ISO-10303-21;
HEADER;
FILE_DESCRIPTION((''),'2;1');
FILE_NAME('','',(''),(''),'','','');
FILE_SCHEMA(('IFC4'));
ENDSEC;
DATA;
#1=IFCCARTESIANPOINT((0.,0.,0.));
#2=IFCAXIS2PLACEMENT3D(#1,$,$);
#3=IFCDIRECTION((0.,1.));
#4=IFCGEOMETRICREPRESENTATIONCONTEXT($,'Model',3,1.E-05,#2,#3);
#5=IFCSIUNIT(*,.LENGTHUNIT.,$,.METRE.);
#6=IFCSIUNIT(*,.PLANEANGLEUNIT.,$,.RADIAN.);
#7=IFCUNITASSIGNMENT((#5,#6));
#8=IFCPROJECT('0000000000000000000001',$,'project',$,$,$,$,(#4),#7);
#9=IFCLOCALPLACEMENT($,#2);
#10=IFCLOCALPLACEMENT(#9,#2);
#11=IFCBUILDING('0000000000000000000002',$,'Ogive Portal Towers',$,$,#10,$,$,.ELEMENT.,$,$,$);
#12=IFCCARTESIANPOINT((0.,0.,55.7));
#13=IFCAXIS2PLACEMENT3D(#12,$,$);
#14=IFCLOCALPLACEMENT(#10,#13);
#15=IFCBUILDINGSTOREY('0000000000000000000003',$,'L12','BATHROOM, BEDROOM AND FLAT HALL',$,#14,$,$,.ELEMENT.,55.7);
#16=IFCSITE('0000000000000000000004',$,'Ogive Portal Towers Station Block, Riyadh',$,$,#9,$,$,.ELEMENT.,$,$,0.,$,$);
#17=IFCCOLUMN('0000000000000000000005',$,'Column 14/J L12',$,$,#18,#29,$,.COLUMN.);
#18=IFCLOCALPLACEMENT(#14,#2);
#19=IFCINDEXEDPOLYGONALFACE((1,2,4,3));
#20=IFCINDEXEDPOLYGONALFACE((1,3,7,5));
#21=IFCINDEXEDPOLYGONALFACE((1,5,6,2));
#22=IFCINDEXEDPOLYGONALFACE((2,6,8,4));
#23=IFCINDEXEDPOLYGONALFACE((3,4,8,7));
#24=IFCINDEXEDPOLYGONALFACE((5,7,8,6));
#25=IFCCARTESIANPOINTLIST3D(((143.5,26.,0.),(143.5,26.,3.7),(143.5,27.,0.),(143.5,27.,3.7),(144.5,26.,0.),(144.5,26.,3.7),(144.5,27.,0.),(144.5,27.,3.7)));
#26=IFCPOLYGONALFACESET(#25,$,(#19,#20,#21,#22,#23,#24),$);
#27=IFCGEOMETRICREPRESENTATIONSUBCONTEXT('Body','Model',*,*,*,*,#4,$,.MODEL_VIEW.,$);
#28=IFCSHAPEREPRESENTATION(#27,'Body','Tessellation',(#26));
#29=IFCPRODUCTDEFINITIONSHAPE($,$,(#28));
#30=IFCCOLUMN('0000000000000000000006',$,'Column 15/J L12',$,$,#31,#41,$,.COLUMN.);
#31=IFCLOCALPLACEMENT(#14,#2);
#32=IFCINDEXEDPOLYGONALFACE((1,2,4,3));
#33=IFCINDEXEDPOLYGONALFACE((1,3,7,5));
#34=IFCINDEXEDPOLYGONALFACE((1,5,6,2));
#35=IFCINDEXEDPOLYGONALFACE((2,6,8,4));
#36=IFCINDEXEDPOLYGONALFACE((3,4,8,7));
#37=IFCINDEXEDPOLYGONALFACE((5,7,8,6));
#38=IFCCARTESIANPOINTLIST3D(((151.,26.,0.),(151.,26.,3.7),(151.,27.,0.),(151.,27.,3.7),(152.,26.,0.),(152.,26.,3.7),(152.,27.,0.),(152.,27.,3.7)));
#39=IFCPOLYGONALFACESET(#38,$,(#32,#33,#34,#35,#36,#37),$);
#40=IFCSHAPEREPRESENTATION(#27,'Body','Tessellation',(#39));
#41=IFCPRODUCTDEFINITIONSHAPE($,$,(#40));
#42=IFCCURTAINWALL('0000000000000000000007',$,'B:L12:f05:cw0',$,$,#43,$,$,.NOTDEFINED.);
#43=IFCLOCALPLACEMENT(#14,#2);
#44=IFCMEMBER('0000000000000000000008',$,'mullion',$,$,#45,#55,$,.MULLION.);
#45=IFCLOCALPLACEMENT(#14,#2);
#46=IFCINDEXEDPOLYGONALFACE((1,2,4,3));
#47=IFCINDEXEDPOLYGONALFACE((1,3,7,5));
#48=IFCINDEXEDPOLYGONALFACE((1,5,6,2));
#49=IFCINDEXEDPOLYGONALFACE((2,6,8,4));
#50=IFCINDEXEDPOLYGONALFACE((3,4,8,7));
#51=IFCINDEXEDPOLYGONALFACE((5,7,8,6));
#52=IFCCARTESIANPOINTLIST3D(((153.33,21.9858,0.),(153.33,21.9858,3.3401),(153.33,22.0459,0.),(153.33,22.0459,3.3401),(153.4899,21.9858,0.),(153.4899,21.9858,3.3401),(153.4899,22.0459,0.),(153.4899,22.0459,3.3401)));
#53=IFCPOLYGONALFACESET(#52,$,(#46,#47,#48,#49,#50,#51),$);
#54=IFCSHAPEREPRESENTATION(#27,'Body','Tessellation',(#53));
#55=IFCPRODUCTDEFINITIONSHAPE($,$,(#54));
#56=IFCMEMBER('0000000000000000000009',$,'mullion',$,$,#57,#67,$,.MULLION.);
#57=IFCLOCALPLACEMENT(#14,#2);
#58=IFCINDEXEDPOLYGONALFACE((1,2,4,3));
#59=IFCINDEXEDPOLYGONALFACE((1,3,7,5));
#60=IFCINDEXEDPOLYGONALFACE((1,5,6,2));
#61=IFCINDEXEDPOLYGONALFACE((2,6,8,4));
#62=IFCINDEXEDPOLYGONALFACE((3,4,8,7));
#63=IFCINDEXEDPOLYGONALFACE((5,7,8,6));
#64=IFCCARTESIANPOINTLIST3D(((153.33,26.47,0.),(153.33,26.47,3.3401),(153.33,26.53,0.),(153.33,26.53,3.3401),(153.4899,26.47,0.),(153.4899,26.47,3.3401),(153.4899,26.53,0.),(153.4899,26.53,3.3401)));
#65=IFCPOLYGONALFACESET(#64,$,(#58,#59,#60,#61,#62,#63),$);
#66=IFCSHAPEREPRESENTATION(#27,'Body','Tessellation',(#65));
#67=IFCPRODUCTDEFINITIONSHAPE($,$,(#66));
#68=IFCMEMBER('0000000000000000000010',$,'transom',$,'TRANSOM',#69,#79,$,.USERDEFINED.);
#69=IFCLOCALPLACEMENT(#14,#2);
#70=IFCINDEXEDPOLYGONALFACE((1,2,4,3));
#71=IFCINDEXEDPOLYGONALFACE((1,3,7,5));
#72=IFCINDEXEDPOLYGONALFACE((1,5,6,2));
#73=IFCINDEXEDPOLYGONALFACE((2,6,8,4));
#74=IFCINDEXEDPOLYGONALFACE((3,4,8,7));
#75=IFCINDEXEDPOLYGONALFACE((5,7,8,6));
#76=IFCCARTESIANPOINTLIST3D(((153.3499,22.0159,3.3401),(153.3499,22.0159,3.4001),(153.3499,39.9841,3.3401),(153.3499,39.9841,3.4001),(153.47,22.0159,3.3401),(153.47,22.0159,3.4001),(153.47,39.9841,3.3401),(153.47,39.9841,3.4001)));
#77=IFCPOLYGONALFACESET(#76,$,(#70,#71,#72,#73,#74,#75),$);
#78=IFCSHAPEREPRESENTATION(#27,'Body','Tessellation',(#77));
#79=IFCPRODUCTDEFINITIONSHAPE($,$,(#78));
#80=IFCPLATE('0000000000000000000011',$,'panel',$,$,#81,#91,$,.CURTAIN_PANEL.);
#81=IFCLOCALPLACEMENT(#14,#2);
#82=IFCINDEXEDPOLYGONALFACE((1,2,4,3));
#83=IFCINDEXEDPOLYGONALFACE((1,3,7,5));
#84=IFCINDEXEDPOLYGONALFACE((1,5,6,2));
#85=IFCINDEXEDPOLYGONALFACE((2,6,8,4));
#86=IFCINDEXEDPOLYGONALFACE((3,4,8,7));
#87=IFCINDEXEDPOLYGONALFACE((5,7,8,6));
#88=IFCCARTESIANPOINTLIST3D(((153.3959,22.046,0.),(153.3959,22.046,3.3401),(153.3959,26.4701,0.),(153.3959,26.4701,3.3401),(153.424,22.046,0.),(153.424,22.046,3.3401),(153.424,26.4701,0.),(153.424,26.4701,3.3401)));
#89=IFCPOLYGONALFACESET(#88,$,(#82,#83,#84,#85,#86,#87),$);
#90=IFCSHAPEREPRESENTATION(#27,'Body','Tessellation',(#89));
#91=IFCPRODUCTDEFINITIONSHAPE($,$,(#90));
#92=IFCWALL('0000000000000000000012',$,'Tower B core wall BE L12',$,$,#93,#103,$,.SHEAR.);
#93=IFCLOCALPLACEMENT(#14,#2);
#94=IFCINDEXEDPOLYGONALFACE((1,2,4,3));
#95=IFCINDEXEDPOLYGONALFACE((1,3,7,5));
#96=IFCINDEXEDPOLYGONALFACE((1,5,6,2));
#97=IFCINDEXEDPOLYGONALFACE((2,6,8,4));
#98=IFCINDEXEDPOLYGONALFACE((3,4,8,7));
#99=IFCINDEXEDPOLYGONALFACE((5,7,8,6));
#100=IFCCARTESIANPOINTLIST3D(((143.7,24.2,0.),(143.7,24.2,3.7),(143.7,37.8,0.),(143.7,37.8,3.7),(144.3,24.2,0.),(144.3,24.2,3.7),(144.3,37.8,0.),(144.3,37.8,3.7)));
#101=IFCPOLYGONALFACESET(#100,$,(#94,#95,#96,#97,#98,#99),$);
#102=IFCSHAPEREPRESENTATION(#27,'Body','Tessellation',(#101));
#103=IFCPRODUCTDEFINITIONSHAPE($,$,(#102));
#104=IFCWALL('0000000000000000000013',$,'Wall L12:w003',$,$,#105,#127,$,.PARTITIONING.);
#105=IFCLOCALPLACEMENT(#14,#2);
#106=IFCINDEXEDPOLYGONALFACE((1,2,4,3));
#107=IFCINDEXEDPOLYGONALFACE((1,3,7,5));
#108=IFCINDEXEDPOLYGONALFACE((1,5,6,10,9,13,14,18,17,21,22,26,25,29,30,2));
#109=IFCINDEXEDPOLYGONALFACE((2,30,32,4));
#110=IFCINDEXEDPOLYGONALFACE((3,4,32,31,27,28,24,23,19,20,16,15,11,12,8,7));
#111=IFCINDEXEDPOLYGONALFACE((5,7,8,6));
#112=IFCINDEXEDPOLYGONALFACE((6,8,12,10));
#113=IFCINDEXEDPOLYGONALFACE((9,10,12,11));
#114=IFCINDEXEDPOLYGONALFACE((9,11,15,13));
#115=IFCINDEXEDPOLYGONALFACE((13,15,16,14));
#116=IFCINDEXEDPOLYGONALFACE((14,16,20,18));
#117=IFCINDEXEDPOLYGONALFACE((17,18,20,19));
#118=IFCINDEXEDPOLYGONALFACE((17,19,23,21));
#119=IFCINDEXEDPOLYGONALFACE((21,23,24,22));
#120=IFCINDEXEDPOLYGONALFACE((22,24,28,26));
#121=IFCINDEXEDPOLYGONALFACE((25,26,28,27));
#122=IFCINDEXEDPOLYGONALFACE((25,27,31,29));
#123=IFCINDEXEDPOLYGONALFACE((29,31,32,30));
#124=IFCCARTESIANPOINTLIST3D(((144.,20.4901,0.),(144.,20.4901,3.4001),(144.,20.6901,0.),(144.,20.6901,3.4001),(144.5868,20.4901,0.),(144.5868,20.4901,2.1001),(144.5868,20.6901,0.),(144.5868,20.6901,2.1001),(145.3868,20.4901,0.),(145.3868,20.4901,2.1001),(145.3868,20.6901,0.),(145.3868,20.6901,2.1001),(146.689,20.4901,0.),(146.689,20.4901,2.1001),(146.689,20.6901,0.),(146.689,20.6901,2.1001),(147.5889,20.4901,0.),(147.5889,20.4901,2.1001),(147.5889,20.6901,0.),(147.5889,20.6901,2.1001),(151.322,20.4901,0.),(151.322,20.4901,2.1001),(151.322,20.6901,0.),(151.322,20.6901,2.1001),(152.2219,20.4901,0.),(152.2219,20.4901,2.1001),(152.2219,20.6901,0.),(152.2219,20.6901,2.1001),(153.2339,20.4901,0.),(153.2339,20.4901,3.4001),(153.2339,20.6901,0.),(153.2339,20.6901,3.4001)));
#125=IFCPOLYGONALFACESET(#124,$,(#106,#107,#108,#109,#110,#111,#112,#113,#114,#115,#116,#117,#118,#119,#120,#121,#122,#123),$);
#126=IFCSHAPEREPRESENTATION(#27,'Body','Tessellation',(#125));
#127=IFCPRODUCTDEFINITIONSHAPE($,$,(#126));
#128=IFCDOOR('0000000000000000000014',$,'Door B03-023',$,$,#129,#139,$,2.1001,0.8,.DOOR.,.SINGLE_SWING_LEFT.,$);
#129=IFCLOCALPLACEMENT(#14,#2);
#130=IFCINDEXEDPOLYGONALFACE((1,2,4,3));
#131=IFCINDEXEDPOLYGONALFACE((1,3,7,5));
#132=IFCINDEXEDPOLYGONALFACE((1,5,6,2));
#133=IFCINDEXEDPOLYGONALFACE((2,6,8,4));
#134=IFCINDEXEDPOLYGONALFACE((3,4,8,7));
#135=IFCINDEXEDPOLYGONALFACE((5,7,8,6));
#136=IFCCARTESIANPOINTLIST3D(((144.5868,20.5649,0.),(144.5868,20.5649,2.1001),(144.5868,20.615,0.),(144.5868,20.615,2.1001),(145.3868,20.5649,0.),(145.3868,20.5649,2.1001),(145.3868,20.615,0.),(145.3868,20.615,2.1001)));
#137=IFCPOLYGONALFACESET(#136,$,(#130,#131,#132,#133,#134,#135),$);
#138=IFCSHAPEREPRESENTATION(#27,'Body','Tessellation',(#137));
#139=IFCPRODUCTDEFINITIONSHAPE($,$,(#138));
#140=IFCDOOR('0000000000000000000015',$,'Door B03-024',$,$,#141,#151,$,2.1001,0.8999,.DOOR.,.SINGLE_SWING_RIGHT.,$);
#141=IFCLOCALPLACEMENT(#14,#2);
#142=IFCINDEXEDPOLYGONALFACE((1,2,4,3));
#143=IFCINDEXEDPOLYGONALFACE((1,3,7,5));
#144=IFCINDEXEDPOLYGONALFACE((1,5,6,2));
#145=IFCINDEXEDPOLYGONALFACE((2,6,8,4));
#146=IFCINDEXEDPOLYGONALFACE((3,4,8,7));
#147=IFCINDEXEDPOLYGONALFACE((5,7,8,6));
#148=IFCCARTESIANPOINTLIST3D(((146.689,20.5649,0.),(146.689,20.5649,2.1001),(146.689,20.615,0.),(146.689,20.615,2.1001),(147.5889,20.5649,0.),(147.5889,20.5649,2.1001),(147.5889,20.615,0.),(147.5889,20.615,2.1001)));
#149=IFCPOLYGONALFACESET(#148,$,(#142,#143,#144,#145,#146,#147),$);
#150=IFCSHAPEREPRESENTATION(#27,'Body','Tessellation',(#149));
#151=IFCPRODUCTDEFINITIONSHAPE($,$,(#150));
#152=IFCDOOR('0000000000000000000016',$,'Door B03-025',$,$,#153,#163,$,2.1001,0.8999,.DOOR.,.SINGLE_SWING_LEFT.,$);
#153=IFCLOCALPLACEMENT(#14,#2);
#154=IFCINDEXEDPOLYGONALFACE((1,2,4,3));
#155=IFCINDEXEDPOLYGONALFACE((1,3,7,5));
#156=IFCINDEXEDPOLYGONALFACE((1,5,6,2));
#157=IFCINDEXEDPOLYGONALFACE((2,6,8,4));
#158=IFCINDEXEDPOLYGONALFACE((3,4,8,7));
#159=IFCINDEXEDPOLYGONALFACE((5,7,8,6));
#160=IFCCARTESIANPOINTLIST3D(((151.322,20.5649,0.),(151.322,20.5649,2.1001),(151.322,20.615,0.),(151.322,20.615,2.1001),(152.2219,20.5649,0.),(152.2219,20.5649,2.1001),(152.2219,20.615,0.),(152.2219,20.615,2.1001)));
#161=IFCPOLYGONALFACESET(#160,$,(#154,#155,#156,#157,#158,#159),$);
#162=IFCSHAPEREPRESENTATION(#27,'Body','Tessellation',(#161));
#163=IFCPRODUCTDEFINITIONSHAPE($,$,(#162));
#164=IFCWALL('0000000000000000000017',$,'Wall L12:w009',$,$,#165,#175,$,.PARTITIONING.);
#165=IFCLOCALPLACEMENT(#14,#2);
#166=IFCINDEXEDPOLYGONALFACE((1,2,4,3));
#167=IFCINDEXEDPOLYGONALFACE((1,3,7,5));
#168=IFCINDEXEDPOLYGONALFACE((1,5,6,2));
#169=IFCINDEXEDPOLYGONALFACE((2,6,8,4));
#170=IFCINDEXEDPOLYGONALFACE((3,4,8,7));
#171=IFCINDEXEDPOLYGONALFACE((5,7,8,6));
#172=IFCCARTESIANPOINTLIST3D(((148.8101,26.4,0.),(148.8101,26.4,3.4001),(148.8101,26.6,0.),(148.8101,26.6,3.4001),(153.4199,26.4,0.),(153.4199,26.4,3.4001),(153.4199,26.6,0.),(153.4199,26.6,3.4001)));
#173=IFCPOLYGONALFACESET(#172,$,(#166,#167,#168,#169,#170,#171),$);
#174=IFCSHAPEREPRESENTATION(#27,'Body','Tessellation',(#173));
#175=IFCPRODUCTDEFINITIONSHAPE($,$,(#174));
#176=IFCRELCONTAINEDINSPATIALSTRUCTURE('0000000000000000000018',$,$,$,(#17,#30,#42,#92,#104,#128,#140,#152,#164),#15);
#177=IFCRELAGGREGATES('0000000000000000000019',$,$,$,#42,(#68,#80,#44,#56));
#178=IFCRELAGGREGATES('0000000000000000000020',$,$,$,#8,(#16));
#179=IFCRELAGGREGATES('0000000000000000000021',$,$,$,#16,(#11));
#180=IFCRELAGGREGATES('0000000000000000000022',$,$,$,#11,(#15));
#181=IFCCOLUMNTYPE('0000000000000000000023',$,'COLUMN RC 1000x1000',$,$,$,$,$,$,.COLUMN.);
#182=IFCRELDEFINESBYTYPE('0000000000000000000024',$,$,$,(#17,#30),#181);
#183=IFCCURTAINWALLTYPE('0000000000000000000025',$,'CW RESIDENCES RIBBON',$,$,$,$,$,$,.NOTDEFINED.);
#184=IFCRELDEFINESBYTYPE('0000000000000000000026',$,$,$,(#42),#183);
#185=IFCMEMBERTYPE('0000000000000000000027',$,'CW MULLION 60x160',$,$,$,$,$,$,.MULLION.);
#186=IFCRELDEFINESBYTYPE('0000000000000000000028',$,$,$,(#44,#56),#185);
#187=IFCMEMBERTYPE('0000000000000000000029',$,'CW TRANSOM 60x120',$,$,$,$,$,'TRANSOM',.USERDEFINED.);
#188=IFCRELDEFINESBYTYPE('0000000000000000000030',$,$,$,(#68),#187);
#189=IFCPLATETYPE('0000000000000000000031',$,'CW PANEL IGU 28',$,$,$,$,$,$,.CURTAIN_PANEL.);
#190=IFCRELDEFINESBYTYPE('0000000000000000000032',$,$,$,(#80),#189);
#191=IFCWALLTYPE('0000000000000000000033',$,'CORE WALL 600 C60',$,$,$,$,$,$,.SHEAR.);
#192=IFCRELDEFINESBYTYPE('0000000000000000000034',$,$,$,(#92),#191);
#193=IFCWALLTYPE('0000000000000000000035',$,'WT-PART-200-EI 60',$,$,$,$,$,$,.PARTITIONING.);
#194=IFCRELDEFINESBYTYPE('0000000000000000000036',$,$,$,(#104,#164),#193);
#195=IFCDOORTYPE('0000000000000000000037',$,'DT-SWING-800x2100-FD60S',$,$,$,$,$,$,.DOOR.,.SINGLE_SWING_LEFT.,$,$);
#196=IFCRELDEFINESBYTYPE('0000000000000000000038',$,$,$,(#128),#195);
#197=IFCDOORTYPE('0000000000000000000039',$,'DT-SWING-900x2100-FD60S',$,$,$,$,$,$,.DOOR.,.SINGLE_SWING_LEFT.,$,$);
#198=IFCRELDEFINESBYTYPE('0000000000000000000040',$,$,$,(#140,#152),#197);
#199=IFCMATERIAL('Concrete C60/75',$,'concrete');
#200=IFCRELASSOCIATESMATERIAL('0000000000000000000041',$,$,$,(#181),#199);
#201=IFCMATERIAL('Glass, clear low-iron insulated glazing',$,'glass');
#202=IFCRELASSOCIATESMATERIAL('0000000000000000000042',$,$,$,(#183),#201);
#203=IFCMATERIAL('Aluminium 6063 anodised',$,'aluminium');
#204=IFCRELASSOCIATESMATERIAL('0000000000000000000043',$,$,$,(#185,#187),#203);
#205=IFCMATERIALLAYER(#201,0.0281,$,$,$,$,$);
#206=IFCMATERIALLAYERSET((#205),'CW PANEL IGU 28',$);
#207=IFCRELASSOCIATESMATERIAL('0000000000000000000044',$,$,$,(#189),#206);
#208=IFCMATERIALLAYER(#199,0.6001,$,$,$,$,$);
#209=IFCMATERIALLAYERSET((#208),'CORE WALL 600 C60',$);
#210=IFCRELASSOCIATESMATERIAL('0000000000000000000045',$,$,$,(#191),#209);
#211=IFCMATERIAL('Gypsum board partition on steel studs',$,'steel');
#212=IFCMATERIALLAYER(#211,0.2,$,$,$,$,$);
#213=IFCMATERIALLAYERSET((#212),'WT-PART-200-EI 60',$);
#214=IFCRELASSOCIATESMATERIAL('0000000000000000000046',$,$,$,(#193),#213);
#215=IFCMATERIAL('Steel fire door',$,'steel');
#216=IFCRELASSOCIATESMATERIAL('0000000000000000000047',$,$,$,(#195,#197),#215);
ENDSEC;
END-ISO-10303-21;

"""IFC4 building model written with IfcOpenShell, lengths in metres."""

from ifc_helpers import new_model, si_unit, direction, frame, frame_2d, origin, origin_2d, place, context, subcontext, project, spatial, rectangle, extrude, material, layer, layer_set, material_profile, profile_set, type_object, element, fill, aggregate, save


model = new_model("IFC4")

# Units and contexts
model_context = context("Model", 3, precision=1e-05, world=origin(), true_north=direction((0.0, 1.0)))
body_context = subcontext(model_context, "Body", "Model", "MODEL_VIEW")
ifc_project = project(units=[si_unit("LENGTHUNIT", "METRE"), si_unit("PLANEANGLEUNIT", "RADIAN")], contexts=[model_context])

# Site, building, storey
site_placement = place(None, origin())
site = spatial("IfcSite", under=ifc_project, at=site_placement, Name="Ogive Portal Towers Station Block, Riyadh", CompositionType="ELEMENT", RefElevation=0.0)
building_placement = place(site_placement, origin())
building = spatial("IfcBuilding", under=site, at=building_placement, Name="Ogive Portal Towers", CompositionType="ELEMENT")
storey_placement = place(building_placement, frame((0.0, 0.0, 55.7)))
storey = spatial("IfcBuildingStorey", under=building, at=storey_placement, Name="L12", Description="BATHROOM, BEDROOM AND FLAT HALL", CompositionType="ELEMENT", Elevation=55.7)

# Columns
ifc_material_1 = material(Name="Concrete C60/75", Category="concrete")
ifc_material_profile_1 = material_profile(ifc_material_1, rectangle(XDim=1.0, YDim=1.0, at=origin_2d()), Name="RC 1000x1000")
ifc_profile_set_1 = profile_set([ifc_material_profile_1], Name="Concrete C60/75")
column_type = type_object("IfcColumnType", Name="COLUMN RC 1000x1000", PredefinedType="COLUMN", material=ifc_profile_set_1)
for number, where, z_axis, x_axis, name in (
    (1, (144.0, 26.5, 0.0), (0.0, 0.0, 1.0), (1.0, 0.0, 0.0), "Column 14/J L12"),
    (2, (151.5, 26.5, 0.0), (0.0, 0.0, 1.0), (1.0, 0.0, 0.0), "Column 15/J L12"),
):
    element("IfcColumn", number, at=place(storey_placement, frame(where, z_axis=z_axis, x_axis=x_axis)), inside=storey, type_object=column_type, Name=name, PredefinedType="COLUMN", context=body_context, shape_type="SweptSolid", body=[
        extrude(rectangle(XDim=1.0, YDim=1.0, at=origin_2d()), origin(), (0.0, 0.0, 1.0), 3.7),
    ])

# Curtain wall, members, plate
ifc_material_2 = material(Name="Glass, clear low-iron insulated glazing", Category="glass")
curtain_wall_type = type_object("IfcCurtainWallType", Name="CW RESIDENCES RIBBON", PredefinedType="NOTDEFINED", material=ifc_material_2)
curtain_wall_placement = place(storey_placement, origin())
curtain_wall = element("IfcCurtainWall", 3, at=curtain_wall_placement, inside=storey, type_object=curtain_wall_type, Name="B:L12:f05:cw0", PredefinedType="NOTDEFINED")
ifc_material_3 = material(Name="Aluminium 6063 anodised", Category="aluminium")
ifc_material_profile_2 = material_profile(ifc_material_3, rectangle(XDim=0.1599, YDim=0.0601, at=origin_2d()), Name="AL 60x160")
ifc_profile_set_2 = profile_set([ifc_material_profile_2], Name="Aluminium 6063 anodised")
member_type_1 = type_object("IfcMemberType", Name="CW MULLION 60x160", PredefinedType="MULLION", material=ifc_profile_set_2)
member_1_placement = place(storey_placement, frame((153.4099, 22.0159, 0.0), z_axis=(0.0, 0.0, 1.0), x_axis=(-1.0, 0.0, 0.0)))
member_1 = element("IfcMember", 4, at=member_1_placement, type_object=member_type_1, Name="mullion", PredefinedType="MULLION", context=body_context, shape_type="SweptSolid", body=[
    extrude(rectangle(XDim=0.1599, YDim=0.0601, at=origin_2d()), origin(), (0.0, 0.0, 1.0), 3.3401),
])
member_2_placement = place(storey_placement, frame((153.4099, 26.5, 0.0), z_axis=(0.0, 0.0, 1.0), x_axis=(-1.0, 0.0, 0.0)))
member_2 = element("IfcMember", 5, at=member_2_placement, type_object=member_type_1, Name="mullion", PredefinedType="MULLION", context=body_context, shape_type="SweptSolid", body=[
    extrude(rectangle(XDim=0.1599, YDim=0.0601, at=origin_2d()), origin(), (0.0, 0.0, 1.0), 3.3401),
])
ifc_material_profile_3 = material_profile(ifc_material_3, rectangle(XDim=0.1201, YDim=0.0601, at=origin_2d()), Name="AL 120x60")
ifc_profile_set_3 = profile_set([ifc_material_profile_3], Name="Aluminium 6063 anodised")
member_type_2 = type_object("IfcMemberType", Name="CW TRANSOM 60x120", ElementType="TRANSOM", PredefinedType="USERDEFINED", material=ifc_profile_set_3)
member_3_placement = place(storey_placement, frame((153.4099, 22.0159, 3.3701), z_axis=(0.0, 1.0, 0.0), x_axis=(-1.0, 0.0, 0.0)))
member_3 = element("IfcMember", 6, at=member_3_placement, type_object=member_type_2, Name="transom", ObjectType="TRANSOM", PredefinedType="USERDEFINED", context=body_context, shape_type="SweptSolid", body=[
    extrude(rectangle(XDim=0.1201, YDim=0.0601, at=origin_2d()), origin(), (0.0, 0.0, 1.0), 17.9683),
])
ifc_layer_1 = layer(ifc_material_2, 0.0281)
ifc_layer_set_1 = layer_set([ifc_layer_1], Name="CW PANEL IGU 28")
plate_type = type_object("IfcPlateType", Name="CW PANEL IGU 28", PredefinedType="CURTAIN_PANEL", material=ifc_layer_set_1)
plate_placement = place(storey_placement, frame((153.4099, 24.2581, 0.0), z_axis=(0.0, 0.0, 1.0), x_axis=(0.0, 1.0, 0.0)))
plate = element("IfcPlate", 7, at=plate_placement, type_object=plate_type, Name="panel", PredefinedType="CURTAIN_PANEL", context=body_context, shape_type="SweptSolid", body=[
    extrude(rectangle(XDim=4.4241, YDim=0.0281, at=origin_2d()), origin(), (0.0, 0.0, 1.0), 3.3401),
])
aggregate(curtain_wall, [member_3, plate, member_1, member_2])

# Wall
ifc_layer_2 = layer(ifc_material_1, 0.6001)
ifc_layer_set_2 = layer_set([ifc_layer_2], Name="CORE WALL 600 C60")
wall_type_1 = type_object("IfcWallType", Name="CORE WALL 600 C60", PredefinedType="SHEAR", material=ifc_layer_set_2)
wall_1_placement = place(storey_placement, frame((144.0, 24.2, 0.0), z_axis=(0.0, 0.0, 1.0), x_axis=(0.0, 1.0, 0.0)))
element("IfcWall", 8, at=wall_1_placement, inside=storey, type_object=wall_type_1, Name="Tower B core wall BE L12", PredefinedType="SHEAR", context=body_context, shape_type="SweptSolid", body=[
    extrude(rectangle(XDim=13.6001, YDim=0.6001, at=frame_2d((6.8, 0.0))), origin(), (0.0, 0.0, 1.0), 3.7),
])

# Wall, openings, doors
ifc_material_4 = material(Name="Gypsum board partition on steel studs", Category="steel")
ifc_layer_3 = layer(ifc_material_4, 0.2)
ifc_layer_set_3 = layer_set([ifc_layer_3], Name="WT-PART-200-EI 60")
wall_type_2 = type_object("IfcWallType", Name="WT-PART-200-EI 60", PredefinedType="PARTITIONING", material=ifc_layer_set_3)
wall_2_placement = place(storey_placement, frame((144.0, 20.5901, 0.0), z_axis=(0.0, 0.0, 1.0), x_axis=(1.0, 0.0, 0.0)))
wall_2 = element("IfcWall", 9, at=wall_2_placement, inside=storey, type_object=wall_type_2, Name="Wall L12:w003", PredefinedType="PARTITIONING", context=body_context, shape_type="SweptSolid", body=[
    extrude(rectangle(XDim=9.2339, YDim=0.2, at=frame_2d((4.6169, 0.0))), origin(), (0.0, 0.0, 1.0), 3.4001),
])
opening_1_placement = place(wall_2_placement, frame((0.5869, 0.0, 0.0)))
opening_1 = element("IfcOpeningElement", 10, at=opening_1_placement, cuts=wall_2, PredefinedType="OPENING", context=body_context, shape_type="SweptSolid", body=[
    extrude(rectangle(XDim=0.8, YDim=2.1001, at=frame_2d((0.3999, 1.05))), frame((0.0, 0.1099, 0.0), z_axis=(0.0, -1.0, 0.0), x_axis=(1.0, 0.0, 0.0)), (0.0, 0.0, 1.0), 0.22),
])
opening_2_placement = place(wall_2_placement, frame((2.689, 0.0, 0.0)))
opening_2 = element("IfcOpeningElement", 11, at=opening_2_placement, cuts=wall_2, PredefinedType="OPENING", context=body_context, shape_type="SweptSolid", body=[
    extrude(rectangle(XDim=0.8999, YDim=2.1001, at=frame_2d((0.45, 1.05))), frame((0.0, 0.1099, 0.0), z_axis=(0.0, -1.0, 0.0), x_axis=(1.0, 0.0, 0.0)), (0.0, 0.0, 1.0), 0.22),
])
opening_3_placement = place(wall_2_placement, frame((7.322, 0.0, 0.0)))
opening_3 = element("IfcOpeningElement", 12, at=opening_3_placement, cuts=wall_2, PredefinedType="OPENING", context=body_context, shape_type="SweptSolid", body=[
    extrude(rectangle(XDim=0.8999, YDim=2.1001, at=frame_2d((0.45, 1.05))), frame((0.0, 0.1099, 0.0), z_axis=(0.0, -1.0, 0.0), x_axis=(1.0, 0.0, 0.0)), (0.0, 0.0, 1.0), 0.22),
])
ifc_material_5 = material(Name="Steel fire door", Category="steel")
door_type_1 = type_object("IfcDoorType", Name="DT-SWING-800x2100-FD60S", OperationType="SINGLE_SWING_LEFT", PredefinedType="DOOR", material=ifc_material_5)
door_1_placement = place(opening_1_placement, origin())
door_1 = element("IfcDoor", 13, at=door_1_placement, inside=storey, type_object=door_type_1, Name="Door B03-023", OperationType="SINGLE_SWING_LEFT", OverallHeight=2.1001, OverallWidth=0.8, PredefinedType="DOOR", context=body_context, shape_type="SweptSolid", body=[
    extrude(rectangle(XDim=0.8, YDim=2.1001, at=frame_2d((0.3999, 1.05))), frame((0.0, 0.0249, 0.0), z_axis=(0.0, -1.0, 0.0), x_axis=(1.0, 0.0, 0.0)), (0.0, 0.0, 1.0), 0.05),
])
fill(opening_1, door_1)
door_type_2 = type_object("IfcDoorType", Name="DT-SWING-900x2100-FD60S", OperationType="SINGLE_SWING_LEFT", PredefinedType="DOOR", material=ifc_material_5)
door_2_placement = place(opening_2_placement, origin())
door_2 = element("IfcDoor", 14, at=door_2_placement, inside=storey, type_object=door_type_2, Name="Door B03-024", OperationType="SINGLE_SWING_RIGHT", OverallHeight=2.1001, OverallWidth=0.8999, PredefinedType="DOOR", context=body_context, shape_type="SweptSolid", body=[
    extrude(rectangle(XDim=0.8999, YDim=2.1001, at=frame_2d((0.45, 1.05))), frame((0.0, 0.0249, 0.0), z_axis=(0.0, -1.0, 0.0), x_axis=(1.0, 0.0, 0.0)), (0.0, 0.0, 1.0), 0.05),
])
fill(opening_2, door_2)
door_3_placement = place(opening_3_placement, origin())
door_3 = element("IfcDoor", 15, at=door_3_placement, inside=storey, type_object=door_type_2, Name="Door B03-025", OperationType="SINGLE_SWING_LEFT", OverallHeight=2.1001, OverallWidth=0.8999, PredefinedType="DOOR", context=body_context, shape_type="SweptSolid", body=[
    extrude(rectangle(XDim=0.8999, YDim=2.1001, at=frame_2d((0.45, 1.05))), frame((0.0, 0.0249, 0.0), z_axis=(0.0, -1.0, 0.0), x_axis=(1.0, 0.0, 0.0)), (0.0, 0.0, 1.0), 0.05),
])
fill(opening_3, door_3)

# Wall
wall_3_placement = place(storey_placement, frame((148.8101, 26.5, 0.0), z_axis=(0.0, 0.0, 1.0), x_axis=(1.0, 0.0, 0.0)))
element("IfcWall", 16, at=wall_3_placement, inside=storey, type_object=wall_type_2, Name="Wall L12:w009", PredefinedType="PARTITIONING", context=body_context, shape_type="SweptSolid", body=[
    extrude(rectangle(XDim=4.6099, YDim=0.2, at=frame_2d((2.3049, 0.0))), origin(), (0.0, 0.0, 1.0), 3.4001),
])

save(model, "model.ifc")
